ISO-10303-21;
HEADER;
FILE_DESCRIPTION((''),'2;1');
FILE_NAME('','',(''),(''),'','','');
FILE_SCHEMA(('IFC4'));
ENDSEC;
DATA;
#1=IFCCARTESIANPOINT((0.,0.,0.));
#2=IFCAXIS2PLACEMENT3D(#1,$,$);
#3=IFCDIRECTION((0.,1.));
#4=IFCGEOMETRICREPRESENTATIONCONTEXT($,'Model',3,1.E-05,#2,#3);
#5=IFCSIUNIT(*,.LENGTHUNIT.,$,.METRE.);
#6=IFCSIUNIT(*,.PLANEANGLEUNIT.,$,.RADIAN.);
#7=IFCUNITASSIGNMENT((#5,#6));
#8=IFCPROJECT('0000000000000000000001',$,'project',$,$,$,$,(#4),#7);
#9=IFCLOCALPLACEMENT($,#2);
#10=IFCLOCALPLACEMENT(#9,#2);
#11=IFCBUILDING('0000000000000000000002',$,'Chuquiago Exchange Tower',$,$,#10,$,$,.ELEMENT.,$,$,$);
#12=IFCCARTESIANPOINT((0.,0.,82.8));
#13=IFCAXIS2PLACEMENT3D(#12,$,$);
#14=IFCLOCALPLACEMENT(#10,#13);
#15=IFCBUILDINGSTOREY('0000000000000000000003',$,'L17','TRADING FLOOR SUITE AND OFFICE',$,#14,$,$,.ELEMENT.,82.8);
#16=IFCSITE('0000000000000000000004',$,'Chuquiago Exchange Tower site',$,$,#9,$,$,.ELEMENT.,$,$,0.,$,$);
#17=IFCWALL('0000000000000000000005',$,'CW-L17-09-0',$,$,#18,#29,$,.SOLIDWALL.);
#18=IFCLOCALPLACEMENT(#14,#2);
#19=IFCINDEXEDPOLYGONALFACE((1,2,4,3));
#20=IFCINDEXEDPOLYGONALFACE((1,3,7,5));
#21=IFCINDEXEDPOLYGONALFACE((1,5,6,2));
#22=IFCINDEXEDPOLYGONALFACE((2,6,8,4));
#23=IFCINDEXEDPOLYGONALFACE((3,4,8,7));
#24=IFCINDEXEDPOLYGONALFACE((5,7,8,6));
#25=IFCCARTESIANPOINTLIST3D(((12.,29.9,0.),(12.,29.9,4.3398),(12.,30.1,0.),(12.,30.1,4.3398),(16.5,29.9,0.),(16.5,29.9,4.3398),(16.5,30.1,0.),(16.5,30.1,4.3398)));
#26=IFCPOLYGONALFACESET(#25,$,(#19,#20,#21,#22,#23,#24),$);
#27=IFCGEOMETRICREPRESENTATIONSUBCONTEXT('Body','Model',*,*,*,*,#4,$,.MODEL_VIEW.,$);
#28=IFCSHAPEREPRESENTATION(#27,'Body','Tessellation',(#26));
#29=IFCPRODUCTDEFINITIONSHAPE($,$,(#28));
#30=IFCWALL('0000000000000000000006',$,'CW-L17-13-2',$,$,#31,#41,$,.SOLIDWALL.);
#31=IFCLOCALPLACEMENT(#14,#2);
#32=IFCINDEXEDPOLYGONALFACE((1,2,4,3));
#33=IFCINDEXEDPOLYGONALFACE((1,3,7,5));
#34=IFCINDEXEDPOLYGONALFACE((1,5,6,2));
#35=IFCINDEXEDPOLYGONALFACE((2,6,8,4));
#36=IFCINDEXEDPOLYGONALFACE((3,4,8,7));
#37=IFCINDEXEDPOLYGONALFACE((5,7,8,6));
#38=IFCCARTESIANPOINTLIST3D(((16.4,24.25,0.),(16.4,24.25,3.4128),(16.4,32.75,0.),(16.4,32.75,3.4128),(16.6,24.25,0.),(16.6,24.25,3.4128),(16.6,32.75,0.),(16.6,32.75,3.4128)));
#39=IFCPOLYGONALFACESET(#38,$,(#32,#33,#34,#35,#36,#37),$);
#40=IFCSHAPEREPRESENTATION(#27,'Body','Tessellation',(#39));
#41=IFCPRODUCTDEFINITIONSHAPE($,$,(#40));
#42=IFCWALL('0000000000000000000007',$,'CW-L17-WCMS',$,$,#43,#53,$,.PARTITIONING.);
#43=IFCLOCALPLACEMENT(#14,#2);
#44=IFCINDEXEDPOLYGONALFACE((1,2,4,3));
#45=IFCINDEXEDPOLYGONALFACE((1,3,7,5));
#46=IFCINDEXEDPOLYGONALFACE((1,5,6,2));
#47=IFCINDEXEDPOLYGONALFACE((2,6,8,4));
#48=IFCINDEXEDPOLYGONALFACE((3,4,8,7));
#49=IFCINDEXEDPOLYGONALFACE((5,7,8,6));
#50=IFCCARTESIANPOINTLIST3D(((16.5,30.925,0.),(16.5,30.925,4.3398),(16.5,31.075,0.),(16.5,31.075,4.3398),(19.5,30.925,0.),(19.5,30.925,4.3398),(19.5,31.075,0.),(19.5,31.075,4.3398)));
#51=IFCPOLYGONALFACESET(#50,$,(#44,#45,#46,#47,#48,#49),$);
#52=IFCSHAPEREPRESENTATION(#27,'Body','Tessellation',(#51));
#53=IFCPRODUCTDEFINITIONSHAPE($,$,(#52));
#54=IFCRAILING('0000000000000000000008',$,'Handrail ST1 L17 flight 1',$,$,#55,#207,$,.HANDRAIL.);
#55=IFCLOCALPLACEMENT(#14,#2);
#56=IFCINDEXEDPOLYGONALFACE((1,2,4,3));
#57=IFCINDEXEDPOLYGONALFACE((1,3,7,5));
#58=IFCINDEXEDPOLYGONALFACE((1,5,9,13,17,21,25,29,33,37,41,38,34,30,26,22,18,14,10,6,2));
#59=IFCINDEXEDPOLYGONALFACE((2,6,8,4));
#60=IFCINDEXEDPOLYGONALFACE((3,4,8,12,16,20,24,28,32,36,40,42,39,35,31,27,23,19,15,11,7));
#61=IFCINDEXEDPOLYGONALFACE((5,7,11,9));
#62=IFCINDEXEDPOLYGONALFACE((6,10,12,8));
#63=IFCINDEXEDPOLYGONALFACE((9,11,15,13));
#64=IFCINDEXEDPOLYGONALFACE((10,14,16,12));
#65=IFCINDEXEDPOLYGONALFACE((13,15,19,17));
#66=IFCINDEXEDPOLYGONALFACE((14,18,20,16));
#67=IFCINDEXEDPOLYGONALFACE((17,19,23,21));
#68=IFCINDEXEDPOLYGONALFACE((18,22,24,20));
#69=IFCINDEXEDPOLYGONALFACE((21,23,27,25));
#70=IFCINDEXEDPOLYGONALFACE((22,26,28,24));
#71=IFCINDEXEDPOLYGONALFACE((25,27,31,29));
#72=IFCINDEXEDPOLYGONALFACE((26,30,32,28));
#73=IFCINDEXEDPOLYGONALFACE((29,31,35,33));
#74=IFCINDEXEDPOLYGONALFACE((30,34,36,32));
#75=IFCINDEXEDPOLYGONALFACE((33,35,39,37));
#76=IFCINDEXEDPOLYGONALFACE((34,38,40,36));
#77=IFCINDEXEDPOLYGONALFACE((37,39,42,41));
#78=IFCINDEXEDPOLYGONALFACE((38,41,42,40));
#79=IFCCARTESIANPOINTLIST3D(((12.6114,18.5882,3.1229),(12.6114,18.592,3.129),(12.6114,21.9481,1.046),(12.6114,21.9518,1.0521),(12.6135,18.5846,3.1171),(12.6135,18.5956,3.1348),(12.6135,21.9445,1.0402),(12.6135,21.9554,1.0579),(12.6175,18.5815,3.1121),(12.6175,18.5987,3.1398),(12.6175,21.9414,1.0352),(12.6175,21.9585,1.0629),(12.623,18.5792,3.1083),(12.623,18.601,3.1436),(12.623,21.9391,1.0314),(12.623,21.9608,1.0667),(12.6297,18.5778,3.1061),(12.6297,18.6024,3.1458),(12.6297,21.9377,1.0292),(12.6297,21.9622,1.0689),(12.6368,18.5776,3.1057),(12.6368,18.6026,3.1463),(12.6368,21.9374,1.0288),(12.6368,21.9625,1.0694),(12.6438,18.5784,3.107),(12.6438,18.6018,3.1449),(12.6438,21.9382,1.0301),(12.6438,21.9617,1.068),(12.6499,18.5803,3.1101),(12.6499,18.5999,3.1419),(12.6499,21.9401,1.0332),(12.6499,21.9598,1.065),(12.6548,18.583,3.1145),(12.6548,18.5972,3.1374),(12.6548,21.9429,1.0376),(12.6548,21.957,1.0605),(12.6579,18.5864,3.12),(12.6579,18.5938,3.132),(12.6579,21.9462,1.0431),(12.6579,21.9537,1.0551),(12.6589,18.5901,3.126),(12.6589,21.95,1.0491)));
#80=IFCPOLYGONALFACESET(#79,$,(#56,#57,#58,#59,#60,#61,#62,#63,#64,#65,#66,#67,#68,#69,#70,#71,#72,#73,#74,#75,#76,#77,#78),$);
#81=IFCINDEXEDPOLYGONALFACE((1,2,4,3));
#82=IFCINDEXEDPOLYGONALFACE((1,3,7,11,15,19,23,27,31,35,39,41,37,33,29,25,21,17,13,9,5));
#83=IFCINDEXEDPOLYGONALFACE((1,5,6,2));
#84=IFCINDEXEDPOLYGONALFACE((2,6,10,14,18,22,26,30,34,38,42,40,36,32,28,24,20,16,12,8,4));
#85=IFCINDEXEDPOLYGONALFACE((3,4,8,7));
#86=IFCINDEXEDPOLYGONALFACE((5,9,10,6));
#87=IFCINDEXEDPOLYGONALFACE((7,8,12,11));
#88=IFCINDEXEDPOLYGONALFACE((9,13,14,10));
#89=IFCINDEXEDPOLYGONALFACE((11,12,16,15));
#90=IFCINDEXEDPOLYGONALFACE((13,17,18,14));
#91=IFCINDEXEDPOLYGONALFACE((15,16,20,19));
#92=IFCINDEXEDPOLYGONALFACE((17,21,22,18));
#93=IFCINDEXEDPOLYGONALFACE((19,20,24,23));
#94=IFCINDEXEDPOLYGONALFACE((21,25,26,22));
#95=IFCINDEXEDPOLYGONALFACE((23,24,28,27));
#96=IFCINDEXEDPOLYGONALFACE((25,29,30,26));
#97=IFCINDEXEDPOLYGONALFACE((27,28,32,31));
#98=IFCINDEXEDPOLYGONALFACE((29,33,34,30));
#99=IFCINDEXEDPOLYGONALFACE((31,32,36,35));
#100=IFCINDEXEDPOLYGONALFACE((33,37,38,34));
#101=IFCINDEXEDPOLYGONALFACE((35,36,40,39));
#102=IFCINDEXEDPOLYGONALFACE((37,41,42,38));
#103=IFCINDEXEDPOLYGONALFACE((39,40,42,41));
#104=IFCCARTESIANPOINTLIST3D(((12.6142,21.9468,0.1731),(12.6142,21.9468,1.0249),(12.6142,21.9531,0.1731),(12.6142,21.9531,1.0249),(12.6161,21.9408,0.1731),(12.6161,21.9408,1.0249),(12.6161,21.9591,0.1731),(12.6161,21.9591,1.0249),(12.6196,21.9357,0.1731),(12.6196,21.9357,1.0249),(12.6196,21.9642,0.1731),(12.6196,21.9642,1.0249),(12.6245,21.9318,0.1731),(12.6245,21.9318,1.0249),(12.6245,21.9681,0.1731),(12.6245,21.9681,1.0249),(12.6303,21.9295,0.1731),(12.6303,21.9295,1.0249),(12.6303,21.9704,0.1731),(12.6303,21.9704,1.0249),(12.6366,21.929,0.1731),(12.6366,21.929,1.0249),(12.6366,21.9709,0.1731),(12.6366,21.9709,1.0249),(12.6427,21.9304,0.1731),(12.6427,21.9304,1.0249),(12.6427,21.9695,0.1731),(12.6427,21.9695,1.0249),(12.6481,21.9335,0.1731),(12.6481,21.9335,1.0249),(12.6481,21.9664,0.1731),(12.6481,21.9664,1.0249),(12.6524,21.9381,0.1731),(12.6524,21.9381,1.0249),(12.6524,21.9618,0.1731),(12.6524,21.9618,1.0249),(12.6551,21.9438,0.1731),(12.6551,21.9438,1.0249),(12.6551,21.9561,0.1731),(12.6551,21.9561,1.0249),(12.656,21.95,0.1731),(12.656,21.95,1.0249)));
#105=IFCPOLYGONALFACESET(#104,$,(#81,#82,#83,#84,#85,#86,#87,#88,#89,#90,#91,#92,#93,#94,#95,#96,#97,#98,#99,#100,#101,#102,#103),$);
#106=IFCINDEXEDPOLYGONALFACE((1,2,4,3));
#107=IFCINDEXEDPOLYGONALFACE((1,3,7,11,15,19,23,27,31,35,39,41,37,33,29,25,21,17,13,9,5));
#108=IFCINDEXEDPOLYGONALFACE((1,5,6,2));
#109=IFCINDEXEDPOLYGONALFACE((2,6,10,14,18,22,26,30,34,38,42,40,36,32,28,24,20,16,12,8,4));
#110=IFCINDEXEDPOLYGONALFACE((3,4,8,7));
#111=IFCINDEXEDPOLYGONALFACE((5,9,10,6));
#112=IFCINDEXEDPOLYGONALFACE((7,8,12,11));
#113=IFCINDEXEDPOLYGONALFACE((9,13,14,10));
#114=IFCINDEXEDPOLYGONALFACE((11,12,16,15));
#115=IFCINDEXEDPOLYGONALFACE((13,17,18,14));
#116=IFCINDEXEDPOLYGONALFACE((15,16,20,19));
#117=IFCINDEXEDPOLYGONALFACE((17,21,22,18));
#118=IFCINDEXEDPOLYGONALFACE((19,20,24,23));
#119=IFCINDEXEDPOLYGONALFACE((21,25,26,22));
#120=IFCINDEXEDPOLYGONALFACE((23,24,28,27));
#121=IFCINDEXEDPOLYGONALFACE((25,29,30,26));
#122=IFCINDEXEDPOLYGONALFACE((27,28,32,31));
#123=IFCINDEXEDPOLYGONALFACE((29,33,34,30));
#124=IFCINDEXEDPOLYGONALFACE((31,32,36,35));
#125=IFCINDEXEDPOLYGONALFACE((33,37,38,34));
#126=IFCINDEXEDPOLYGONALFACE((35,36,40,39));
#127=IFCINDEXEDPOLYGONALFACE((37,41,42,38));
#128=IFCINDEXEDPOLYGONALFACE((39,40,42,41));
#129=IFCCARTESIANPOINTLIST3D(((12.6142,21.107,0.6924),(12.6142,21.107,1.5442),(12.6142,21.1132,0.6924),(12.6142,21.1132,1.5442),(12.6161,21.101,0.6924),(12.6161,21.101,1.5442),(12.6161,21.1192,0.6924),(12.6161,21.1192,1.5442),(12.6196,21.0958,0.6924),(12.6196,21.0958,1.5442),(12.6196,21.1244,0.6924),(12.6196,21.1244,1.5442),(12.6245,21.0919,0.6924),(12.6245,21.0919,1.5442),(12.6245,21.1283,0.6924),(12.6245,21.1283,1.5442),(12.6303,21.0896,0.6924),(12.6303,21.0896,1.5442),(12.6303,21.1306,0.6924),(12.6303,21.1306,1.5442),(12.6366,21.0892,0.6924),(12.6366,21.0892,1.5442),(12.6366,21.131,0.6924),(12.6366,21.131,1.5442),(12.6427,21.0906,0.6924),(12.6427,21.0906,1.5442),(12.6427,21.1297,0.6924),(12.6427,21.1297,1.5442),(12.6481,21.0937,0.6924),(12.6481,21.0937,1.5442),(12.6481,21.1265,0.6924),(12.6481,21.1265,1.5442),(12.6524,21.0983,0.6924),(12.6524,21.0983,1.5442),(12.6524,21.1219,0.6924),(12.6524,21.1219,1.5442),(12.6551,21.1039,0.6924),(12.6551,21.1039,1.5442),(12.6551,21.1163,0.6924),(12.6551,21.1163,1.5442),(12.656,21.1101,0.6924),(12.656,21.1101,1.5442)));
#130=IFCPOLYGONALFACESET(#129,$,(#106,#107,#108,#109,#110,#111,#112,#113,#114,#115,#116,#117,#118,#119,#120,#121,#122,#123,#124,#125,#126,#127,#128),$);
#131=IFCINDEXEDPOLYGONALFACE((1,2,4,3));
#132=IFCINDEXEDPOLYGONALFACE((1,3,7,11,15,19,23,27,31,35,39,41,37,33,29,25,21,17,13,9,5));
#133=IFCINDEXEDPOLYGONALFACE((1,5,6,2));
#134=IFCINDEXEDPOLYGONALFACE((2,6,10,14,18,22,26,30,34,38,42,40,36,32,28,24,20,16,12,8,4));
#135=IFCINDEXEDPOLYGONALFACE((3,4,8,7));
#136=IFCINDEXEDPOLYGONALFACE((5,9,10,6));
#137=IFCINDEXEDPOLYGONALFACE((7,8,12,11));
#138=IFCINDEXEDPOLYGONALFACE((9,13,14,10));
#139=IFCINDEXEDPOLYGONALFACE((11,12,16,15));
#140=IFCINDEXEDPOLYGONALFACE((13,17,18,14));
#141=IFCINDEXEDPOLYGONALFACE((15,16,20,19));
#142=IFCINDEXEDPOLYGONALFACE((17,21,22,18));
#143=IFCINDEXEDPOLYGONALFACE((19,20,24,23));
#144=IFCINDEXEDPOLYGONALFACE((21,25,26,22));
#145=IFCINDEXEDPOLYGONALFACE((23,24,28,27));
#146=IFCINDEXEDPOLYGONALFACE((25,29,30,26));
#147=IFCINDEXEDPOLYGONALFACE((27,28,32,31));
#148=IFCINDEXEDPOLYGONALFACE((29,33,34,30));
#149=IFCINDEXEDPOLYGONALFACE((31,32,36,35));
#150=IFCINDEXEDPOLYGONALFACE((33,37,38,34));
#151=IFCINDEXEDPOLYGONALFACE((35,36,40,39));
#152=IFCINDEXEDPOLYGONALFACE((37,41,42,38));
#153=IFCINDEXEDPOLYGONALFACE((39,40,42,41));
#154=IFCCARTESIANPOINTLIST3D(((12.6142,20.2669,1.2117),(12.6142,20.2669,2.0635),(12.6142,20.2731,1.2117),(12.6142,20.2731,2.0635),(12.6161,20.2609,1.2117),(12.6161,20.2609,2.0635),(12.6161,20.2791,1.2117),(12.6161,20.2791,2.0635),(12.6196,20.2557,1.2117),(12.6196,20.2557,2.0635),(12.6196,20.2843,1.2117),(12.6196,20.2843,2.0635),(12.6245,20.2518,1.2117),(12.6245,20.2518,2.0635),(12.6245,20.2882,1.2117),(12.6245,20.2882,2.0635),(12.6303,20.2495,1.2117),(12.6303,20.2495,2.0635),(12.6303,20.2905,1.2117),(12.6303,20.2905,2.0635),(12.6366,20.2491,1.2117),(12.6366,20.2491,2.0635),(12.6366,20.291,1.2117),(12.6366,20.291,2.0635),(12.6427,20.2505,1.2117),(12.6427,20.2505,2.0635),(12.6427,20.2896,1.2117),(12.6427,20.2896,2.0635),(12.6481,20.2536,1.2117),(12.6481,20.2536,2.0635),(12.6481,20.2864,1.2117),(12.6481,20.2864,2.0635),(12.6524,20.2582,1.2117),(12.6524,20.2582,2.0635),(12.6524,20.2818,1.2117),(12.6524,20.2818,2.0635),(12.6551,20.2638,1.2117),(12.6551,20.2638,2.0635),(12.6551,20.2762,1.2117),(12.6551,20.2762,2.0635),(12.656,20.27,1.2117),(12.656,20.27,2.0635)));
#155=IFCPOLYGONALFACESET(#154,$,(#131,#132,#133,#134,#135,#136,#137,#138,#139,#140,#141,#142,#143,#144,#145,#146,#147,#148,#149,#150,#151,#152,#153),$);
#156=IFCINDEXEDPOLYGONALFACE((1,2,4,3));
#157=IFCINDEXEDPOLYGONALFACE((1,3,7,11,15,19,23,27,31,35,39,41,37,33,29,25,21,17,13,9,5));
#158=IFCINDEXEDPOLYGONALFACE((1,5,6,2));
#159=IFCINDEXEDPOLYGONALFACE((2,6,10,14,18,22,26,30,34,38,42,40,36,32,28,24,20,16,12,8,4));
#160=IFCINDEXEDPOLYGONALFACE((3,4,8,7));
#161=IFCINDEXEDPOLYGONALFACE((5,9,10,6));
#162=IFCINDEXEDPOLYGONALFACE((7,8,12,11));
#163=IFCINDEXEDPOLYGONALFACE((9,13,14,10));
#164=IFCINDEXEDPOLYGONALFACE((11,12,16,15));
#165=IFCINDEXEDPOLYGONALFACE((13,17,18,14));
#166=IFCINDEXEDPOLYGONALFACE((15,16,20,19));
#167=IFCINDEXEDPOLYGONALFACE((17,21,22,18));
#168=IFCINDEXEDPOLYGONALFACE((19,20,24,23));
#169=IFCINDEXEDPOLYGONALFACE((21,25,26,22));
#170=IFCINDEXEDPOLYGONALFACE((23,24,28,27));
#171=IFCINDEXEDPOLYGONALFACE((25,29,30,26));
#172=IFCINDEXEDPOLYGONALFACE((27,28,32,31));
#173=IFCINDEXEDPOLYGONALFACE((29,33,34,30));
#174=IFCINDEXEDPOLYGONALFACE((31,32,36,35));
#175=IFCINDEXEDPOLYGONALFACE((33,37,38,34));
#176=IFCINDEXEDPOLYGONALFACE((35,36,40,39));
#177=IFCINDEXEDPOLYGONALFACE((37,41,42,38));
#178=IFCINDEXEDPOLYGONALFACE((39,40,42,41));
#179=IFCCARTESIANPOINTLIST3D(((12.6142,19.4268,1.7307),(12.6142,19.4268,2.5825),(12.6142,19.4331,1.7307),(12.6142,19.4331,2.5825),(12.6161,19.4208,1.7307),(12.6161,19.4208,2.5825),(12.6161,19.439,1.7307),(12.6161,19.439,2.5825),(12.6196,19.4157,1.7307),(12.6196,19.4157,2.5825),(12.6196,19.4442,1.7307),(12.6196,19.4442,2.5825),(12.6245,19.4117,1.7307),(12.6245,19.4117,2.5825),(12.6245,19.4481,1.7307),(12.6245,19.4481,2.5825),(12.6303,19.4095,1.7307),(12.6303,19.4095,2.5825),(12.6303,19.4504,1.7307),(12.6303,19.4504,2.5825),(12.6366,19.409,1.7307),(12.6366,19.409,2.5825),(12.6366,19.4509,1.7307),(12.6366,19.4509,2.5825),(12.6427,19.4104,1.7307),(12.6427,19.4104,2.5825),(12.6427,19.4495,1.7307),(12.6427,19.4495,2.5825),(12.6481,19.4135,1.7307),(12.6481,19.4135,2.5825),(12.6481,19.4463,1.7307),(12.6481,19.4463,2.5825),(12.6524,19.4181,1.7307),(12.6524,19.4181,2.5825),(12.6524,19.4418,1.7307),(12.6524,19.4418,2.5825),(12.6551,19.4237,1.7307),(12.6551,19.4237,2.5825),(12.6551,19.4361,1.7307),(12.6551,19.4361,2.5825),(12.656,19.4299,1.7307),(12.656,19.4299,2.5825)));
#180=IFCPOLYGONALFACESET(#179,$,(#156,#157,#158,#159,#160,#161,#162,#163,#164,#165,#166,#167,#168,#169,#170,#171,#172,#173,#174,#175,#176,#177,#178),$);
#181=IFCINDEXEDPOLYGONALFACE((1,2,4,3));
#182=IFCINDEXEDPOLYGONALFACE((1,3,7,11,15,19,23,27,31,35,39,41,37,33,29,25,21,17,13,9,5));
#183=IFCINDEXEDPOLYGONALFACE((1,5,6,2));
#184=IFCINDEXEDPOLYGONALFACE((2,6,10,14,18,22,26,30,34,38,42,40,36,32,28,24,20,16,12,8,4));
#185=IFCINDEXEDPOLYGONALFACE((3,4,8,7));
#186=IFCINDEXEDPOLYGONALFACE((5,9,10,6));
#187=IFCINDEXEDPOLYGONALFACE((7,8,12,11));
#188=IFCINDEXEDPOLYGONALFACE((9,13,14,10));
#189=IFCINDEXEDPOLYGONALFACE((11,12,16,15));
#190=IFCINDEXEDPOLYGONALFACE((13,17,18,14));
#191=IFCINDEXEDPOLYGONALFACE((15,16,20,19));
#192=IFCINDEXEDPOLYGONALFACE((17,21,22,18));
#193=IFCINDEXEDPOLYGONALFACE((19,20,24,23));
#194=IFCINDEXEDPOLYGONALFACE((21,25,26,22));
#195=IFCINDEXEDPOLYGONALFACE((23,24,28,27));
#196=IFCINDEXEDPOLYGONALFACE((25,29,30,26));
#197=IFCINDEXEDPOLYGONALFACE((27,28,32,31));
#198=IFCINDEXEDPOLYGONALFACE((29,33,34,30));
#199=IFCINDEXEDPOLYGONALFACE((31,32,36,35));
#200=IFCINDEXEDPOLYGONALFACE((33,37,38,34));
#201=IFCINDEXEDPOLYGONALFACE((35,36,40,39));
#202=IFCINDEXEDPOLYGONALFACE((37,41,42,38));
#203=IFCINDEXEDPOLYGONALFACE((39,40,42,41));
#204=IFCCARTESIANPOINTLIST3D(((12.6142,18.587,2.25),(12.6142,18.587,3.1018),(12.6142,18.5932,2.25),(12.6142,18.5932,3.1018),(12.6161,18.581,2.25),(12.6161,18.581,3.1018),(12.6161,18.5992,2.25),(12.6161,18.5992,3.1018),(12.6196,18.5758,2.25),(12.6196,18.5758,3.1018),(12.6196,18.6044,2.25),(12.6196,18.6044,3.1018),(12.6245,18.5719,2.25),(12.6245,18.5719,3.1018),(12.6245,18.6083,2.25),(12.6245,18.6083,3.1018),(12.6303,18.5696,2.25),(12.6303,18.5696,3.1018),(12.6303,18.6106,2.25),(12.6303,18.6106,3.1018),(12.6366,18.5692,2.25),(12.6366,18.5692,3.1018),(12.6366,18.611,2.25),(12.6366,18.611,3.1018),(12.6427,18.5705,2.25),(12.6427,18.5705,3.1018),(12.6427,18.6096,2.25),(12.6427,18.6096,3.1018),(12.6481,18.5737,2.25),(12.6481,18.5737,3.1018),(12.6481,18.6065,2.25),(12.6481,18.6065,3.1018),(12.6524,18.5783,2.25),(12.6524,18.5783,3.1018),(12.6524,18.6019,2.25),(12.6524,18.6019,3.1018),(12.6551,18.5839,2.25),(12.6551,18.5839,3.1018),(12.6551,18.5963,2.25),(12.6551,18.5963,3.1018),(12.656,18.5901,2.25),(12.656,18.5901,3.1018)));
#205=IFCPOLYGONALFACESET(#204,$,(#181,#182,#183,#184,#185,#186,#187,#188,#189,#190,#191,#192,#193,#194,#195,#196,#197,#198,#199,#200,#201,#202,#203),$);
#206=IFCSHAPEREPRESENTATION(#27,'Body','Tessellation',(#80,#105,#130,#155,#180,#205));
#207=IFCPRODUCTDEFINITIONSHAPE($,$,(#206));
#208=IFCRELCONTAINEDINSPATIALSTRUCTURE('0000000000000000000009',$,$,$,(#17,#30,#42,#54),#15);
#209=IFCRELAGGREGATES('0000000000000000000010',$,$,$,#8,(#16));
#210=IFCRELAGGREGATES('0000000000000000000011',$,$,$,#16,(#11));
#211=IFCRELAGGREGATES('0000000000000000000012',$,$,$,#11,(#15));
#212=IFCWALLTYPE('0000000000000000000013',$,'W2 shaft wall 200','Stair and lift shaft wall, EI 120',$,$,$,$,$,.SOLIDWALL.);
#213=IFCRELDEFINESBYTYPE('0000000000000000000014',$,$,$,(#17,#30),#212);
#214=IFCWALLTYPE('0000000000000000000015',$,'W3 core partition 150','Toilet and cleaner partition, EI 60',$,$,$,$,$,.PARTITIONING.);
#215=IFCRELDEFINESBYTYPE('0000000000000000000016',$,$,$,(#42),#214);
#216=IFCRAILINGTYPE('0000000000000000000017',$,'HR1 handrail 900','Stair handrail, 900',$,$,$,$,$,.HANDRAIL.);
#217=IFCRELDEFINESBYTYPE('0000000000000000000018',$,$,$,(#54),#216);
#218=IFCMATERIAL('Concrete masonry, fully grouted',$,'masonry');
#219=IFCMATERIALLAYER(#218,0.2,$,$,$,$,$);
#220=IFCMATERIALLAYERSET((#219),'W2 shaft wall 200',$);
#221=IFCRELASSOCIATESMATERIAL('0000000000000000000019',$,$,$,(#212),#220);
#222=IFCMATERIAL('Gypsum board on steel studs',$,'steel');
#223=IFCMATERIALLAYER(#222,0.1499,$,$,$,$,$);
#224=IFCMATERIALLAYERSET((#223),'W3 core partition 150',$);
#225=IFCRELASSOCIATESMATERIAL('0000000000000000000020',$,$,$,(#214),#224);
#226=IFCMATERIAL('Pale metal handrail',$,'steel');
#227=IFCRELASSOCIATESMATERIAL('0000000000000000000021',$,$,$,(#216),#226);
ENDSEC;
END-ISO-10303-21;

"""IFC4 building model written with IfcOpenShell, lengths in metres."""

from ifc_helpers import new_model, si_unit, direction, frame, frame_2d, origin, origin_2d, place, context, subcontext, project, spatial, rectangle, circle, extrude, material, layer, layer_set, type_object, element, save


model = new_model("IFC4")

# Units and contexts
model_context = context("Model", 3, precision=1e-05, world=origin(), true_north=direction((0.0, 1.0)))
body_context = subcontext(model_context, "Body", "Model", "MODEL_VIEW")
ifc_project = project(units=[si_unit("LENGTHUNIT", "METRE"), si_unit("PLANEANGLEUNIT", "RADIAN")], contexts=[model_context])

# Site, building, storey
site_placement = place(None, origin())
site = spatial("IfcSite", under=ifc_project, at=site_placement, Name="Chuquiago Exchange Tower site", CompositionType="ELEMENT", RefElevation=0.0)
building_placement = place(site_placement, origin())
building = spatial("IfcBuilding", under=site, at=building_placement, Name="Chuquiago Exchange Tower", CompositionType="ELEMENT")
storey_placement = place(building_placement, frame((0.0, 0.0, 82.8)))
storey = spatial("IfcBuildingStorey", under=building, at=storey_placement, Name="L17", Description="TRADING FLOOR SUITE AND OFFICE", CompositionType="ELEMENT", Elevation=82.8)

# Shared definitions
ifc_material_1 = material(Name="Concrete masonry, fully grouted", Category="masonry")
ifc_layer_1 = layer(ifc_material_1, 0.2)
ifc_layer_set_1 = layer_set([ifc_layer_1], Name="W2 shaft wall 200")
wall_type_1 = type_object("IfcWallType", Name="W2 shaft wall 200", Description="Stair and lift shaft wall, EI 120", PredefinedType="SOLIDWALL", material=ifc_layer_set_1)

# Walls
wall_1_placement = place(storey_placement, frame((12.0, 30.0, 0.0), z_axis=(0.0, 0.0, 1.0), x_axis=(1.0, 0.0, 0.0)))
element("IfcWall", 1, at=wall_1_placement, inside=storey, type_object=wall_type_1, Name="CW-L17-09-0", PredefinedType="SOLIDWALL", context=body_context, shape_type="SweptSolid", body=[
    extrude(rectangle(XDim=4.5, YDim=0.2, at=frame_2d((2.25, 0.0))), origin(), (0.0, 0.0, 1.0), 4.3398),
])
wall_2_placement = place(storey_placement, frame((16.5, 24.25, 0.0), z_axis=(0.0, 0.0, 1.0), x_axis=(0.0, 1.0, 0.0)))
element("IfcWall", 2, at=wall_2_placement, inside=storey, type_object=wall_type_1, Name="CW-L17-13-2", PredefinedType="SOLIDWALL", context=body_context, shape_type="SweptSolid", body=[
    extrude(rectangle(XDim=8.5, YDim=0.2, at=frame_2d((4.25, 0.0))), origin(), (0.0, 0.0, 1.0), 3.4128),
])
ifc_material_2 = material(Name="Gypsum board on steel studs", Category="steel")
ifc_layer_2 = layer(ifc_material_2, 0.1499)
ifc_layer_set_2 = layer_set([ifc_layer_2], Name="W3 core partition 150")
wall_type_2 = type_object("IfcWallType", Name="W3 core partition 150", Description="Toilet and cleaner partition, EI 60", PredefinedType="PARTITIONING", material=ifc_layer_set_2)
wall_3_placement = place(storey_placement, frame((16.5, 31.0, 0.0), z_axis=(0.0, 0.0, 1.0), x_axis=(1.0, 0.0, 0.0)))
element("IfcWall", 3, at=wall_3_placement, inside=storey, type_object=wall_type_2, Name="CW-L17-WCMS", PredefinedType="PARTITIONING", context=body_context, shape_type="SweptSolid", body=[
    extrude(rectangle(XDim=3.0, YDim=0.1499, at=frame_2d((1.5, 0.0))), origin(), (0.0, 0.0, 1.0), 4.3398),
])

# Railing
ifc_material_3 = material(Name="Pale metal handrail", Category="steel")
railing_type = type_object("IfcRailingType", Name="HR1 handrail 900", Description="Stair handrail, 900", PredefinedType="HANDRAIL", material=ifc_material_3)
for number, where, name in (
    (4, (12.635, 21.95, 0.1731), "Handrail ST1 L17 flight 1"),
):
    element("IfcRailing", number, at=place(storey_placement, frame(where)), inside=storey, type_object=railing_type, Name=name, PredefinedType="HANDRAIL", context=body_context, shape_type="SweptSolid", body=[
        extrude(circle(Radius=0.0239, at=origin_2d()), frame((0.0, 0.0, 0.876), z_axis=(0.0, -0.850606, 0.525803), x_axis=(1.0, 0.0, 0.0)), (0.0, 0.0, 1.0), 3.95),
        extrude(circle(Radius=0.021, at=origin_2d()), origin(), (0.0, 0.0, 1.0), 0.8518),
        extrude(circle(Radius=0.021, at=origin_2d()), frame((0.0, -0.8398, 0.5193)), (0.0, 0.0, 1.0), 0.8518),
        extrude(circle(Radius=0.021, at=origin_2d()), frame((0.0, -1.6799, 1.0386)), (0.0, 0.0, 1.0), 0.8518),
        extrude(circle(Radius=0.021, at=origin_2d()), frame((0.0, -2.52, 1.5576)), (0.0, 0.0, 1.0), 0.8518),
        extrude(circle(Radius=0.021, at=origin_2d()), frame((0.0, -3.3599, 2.0769)), (0.0, 0.0, 1.0), 0.8518),
    ])

save(model, "model.ifc")
